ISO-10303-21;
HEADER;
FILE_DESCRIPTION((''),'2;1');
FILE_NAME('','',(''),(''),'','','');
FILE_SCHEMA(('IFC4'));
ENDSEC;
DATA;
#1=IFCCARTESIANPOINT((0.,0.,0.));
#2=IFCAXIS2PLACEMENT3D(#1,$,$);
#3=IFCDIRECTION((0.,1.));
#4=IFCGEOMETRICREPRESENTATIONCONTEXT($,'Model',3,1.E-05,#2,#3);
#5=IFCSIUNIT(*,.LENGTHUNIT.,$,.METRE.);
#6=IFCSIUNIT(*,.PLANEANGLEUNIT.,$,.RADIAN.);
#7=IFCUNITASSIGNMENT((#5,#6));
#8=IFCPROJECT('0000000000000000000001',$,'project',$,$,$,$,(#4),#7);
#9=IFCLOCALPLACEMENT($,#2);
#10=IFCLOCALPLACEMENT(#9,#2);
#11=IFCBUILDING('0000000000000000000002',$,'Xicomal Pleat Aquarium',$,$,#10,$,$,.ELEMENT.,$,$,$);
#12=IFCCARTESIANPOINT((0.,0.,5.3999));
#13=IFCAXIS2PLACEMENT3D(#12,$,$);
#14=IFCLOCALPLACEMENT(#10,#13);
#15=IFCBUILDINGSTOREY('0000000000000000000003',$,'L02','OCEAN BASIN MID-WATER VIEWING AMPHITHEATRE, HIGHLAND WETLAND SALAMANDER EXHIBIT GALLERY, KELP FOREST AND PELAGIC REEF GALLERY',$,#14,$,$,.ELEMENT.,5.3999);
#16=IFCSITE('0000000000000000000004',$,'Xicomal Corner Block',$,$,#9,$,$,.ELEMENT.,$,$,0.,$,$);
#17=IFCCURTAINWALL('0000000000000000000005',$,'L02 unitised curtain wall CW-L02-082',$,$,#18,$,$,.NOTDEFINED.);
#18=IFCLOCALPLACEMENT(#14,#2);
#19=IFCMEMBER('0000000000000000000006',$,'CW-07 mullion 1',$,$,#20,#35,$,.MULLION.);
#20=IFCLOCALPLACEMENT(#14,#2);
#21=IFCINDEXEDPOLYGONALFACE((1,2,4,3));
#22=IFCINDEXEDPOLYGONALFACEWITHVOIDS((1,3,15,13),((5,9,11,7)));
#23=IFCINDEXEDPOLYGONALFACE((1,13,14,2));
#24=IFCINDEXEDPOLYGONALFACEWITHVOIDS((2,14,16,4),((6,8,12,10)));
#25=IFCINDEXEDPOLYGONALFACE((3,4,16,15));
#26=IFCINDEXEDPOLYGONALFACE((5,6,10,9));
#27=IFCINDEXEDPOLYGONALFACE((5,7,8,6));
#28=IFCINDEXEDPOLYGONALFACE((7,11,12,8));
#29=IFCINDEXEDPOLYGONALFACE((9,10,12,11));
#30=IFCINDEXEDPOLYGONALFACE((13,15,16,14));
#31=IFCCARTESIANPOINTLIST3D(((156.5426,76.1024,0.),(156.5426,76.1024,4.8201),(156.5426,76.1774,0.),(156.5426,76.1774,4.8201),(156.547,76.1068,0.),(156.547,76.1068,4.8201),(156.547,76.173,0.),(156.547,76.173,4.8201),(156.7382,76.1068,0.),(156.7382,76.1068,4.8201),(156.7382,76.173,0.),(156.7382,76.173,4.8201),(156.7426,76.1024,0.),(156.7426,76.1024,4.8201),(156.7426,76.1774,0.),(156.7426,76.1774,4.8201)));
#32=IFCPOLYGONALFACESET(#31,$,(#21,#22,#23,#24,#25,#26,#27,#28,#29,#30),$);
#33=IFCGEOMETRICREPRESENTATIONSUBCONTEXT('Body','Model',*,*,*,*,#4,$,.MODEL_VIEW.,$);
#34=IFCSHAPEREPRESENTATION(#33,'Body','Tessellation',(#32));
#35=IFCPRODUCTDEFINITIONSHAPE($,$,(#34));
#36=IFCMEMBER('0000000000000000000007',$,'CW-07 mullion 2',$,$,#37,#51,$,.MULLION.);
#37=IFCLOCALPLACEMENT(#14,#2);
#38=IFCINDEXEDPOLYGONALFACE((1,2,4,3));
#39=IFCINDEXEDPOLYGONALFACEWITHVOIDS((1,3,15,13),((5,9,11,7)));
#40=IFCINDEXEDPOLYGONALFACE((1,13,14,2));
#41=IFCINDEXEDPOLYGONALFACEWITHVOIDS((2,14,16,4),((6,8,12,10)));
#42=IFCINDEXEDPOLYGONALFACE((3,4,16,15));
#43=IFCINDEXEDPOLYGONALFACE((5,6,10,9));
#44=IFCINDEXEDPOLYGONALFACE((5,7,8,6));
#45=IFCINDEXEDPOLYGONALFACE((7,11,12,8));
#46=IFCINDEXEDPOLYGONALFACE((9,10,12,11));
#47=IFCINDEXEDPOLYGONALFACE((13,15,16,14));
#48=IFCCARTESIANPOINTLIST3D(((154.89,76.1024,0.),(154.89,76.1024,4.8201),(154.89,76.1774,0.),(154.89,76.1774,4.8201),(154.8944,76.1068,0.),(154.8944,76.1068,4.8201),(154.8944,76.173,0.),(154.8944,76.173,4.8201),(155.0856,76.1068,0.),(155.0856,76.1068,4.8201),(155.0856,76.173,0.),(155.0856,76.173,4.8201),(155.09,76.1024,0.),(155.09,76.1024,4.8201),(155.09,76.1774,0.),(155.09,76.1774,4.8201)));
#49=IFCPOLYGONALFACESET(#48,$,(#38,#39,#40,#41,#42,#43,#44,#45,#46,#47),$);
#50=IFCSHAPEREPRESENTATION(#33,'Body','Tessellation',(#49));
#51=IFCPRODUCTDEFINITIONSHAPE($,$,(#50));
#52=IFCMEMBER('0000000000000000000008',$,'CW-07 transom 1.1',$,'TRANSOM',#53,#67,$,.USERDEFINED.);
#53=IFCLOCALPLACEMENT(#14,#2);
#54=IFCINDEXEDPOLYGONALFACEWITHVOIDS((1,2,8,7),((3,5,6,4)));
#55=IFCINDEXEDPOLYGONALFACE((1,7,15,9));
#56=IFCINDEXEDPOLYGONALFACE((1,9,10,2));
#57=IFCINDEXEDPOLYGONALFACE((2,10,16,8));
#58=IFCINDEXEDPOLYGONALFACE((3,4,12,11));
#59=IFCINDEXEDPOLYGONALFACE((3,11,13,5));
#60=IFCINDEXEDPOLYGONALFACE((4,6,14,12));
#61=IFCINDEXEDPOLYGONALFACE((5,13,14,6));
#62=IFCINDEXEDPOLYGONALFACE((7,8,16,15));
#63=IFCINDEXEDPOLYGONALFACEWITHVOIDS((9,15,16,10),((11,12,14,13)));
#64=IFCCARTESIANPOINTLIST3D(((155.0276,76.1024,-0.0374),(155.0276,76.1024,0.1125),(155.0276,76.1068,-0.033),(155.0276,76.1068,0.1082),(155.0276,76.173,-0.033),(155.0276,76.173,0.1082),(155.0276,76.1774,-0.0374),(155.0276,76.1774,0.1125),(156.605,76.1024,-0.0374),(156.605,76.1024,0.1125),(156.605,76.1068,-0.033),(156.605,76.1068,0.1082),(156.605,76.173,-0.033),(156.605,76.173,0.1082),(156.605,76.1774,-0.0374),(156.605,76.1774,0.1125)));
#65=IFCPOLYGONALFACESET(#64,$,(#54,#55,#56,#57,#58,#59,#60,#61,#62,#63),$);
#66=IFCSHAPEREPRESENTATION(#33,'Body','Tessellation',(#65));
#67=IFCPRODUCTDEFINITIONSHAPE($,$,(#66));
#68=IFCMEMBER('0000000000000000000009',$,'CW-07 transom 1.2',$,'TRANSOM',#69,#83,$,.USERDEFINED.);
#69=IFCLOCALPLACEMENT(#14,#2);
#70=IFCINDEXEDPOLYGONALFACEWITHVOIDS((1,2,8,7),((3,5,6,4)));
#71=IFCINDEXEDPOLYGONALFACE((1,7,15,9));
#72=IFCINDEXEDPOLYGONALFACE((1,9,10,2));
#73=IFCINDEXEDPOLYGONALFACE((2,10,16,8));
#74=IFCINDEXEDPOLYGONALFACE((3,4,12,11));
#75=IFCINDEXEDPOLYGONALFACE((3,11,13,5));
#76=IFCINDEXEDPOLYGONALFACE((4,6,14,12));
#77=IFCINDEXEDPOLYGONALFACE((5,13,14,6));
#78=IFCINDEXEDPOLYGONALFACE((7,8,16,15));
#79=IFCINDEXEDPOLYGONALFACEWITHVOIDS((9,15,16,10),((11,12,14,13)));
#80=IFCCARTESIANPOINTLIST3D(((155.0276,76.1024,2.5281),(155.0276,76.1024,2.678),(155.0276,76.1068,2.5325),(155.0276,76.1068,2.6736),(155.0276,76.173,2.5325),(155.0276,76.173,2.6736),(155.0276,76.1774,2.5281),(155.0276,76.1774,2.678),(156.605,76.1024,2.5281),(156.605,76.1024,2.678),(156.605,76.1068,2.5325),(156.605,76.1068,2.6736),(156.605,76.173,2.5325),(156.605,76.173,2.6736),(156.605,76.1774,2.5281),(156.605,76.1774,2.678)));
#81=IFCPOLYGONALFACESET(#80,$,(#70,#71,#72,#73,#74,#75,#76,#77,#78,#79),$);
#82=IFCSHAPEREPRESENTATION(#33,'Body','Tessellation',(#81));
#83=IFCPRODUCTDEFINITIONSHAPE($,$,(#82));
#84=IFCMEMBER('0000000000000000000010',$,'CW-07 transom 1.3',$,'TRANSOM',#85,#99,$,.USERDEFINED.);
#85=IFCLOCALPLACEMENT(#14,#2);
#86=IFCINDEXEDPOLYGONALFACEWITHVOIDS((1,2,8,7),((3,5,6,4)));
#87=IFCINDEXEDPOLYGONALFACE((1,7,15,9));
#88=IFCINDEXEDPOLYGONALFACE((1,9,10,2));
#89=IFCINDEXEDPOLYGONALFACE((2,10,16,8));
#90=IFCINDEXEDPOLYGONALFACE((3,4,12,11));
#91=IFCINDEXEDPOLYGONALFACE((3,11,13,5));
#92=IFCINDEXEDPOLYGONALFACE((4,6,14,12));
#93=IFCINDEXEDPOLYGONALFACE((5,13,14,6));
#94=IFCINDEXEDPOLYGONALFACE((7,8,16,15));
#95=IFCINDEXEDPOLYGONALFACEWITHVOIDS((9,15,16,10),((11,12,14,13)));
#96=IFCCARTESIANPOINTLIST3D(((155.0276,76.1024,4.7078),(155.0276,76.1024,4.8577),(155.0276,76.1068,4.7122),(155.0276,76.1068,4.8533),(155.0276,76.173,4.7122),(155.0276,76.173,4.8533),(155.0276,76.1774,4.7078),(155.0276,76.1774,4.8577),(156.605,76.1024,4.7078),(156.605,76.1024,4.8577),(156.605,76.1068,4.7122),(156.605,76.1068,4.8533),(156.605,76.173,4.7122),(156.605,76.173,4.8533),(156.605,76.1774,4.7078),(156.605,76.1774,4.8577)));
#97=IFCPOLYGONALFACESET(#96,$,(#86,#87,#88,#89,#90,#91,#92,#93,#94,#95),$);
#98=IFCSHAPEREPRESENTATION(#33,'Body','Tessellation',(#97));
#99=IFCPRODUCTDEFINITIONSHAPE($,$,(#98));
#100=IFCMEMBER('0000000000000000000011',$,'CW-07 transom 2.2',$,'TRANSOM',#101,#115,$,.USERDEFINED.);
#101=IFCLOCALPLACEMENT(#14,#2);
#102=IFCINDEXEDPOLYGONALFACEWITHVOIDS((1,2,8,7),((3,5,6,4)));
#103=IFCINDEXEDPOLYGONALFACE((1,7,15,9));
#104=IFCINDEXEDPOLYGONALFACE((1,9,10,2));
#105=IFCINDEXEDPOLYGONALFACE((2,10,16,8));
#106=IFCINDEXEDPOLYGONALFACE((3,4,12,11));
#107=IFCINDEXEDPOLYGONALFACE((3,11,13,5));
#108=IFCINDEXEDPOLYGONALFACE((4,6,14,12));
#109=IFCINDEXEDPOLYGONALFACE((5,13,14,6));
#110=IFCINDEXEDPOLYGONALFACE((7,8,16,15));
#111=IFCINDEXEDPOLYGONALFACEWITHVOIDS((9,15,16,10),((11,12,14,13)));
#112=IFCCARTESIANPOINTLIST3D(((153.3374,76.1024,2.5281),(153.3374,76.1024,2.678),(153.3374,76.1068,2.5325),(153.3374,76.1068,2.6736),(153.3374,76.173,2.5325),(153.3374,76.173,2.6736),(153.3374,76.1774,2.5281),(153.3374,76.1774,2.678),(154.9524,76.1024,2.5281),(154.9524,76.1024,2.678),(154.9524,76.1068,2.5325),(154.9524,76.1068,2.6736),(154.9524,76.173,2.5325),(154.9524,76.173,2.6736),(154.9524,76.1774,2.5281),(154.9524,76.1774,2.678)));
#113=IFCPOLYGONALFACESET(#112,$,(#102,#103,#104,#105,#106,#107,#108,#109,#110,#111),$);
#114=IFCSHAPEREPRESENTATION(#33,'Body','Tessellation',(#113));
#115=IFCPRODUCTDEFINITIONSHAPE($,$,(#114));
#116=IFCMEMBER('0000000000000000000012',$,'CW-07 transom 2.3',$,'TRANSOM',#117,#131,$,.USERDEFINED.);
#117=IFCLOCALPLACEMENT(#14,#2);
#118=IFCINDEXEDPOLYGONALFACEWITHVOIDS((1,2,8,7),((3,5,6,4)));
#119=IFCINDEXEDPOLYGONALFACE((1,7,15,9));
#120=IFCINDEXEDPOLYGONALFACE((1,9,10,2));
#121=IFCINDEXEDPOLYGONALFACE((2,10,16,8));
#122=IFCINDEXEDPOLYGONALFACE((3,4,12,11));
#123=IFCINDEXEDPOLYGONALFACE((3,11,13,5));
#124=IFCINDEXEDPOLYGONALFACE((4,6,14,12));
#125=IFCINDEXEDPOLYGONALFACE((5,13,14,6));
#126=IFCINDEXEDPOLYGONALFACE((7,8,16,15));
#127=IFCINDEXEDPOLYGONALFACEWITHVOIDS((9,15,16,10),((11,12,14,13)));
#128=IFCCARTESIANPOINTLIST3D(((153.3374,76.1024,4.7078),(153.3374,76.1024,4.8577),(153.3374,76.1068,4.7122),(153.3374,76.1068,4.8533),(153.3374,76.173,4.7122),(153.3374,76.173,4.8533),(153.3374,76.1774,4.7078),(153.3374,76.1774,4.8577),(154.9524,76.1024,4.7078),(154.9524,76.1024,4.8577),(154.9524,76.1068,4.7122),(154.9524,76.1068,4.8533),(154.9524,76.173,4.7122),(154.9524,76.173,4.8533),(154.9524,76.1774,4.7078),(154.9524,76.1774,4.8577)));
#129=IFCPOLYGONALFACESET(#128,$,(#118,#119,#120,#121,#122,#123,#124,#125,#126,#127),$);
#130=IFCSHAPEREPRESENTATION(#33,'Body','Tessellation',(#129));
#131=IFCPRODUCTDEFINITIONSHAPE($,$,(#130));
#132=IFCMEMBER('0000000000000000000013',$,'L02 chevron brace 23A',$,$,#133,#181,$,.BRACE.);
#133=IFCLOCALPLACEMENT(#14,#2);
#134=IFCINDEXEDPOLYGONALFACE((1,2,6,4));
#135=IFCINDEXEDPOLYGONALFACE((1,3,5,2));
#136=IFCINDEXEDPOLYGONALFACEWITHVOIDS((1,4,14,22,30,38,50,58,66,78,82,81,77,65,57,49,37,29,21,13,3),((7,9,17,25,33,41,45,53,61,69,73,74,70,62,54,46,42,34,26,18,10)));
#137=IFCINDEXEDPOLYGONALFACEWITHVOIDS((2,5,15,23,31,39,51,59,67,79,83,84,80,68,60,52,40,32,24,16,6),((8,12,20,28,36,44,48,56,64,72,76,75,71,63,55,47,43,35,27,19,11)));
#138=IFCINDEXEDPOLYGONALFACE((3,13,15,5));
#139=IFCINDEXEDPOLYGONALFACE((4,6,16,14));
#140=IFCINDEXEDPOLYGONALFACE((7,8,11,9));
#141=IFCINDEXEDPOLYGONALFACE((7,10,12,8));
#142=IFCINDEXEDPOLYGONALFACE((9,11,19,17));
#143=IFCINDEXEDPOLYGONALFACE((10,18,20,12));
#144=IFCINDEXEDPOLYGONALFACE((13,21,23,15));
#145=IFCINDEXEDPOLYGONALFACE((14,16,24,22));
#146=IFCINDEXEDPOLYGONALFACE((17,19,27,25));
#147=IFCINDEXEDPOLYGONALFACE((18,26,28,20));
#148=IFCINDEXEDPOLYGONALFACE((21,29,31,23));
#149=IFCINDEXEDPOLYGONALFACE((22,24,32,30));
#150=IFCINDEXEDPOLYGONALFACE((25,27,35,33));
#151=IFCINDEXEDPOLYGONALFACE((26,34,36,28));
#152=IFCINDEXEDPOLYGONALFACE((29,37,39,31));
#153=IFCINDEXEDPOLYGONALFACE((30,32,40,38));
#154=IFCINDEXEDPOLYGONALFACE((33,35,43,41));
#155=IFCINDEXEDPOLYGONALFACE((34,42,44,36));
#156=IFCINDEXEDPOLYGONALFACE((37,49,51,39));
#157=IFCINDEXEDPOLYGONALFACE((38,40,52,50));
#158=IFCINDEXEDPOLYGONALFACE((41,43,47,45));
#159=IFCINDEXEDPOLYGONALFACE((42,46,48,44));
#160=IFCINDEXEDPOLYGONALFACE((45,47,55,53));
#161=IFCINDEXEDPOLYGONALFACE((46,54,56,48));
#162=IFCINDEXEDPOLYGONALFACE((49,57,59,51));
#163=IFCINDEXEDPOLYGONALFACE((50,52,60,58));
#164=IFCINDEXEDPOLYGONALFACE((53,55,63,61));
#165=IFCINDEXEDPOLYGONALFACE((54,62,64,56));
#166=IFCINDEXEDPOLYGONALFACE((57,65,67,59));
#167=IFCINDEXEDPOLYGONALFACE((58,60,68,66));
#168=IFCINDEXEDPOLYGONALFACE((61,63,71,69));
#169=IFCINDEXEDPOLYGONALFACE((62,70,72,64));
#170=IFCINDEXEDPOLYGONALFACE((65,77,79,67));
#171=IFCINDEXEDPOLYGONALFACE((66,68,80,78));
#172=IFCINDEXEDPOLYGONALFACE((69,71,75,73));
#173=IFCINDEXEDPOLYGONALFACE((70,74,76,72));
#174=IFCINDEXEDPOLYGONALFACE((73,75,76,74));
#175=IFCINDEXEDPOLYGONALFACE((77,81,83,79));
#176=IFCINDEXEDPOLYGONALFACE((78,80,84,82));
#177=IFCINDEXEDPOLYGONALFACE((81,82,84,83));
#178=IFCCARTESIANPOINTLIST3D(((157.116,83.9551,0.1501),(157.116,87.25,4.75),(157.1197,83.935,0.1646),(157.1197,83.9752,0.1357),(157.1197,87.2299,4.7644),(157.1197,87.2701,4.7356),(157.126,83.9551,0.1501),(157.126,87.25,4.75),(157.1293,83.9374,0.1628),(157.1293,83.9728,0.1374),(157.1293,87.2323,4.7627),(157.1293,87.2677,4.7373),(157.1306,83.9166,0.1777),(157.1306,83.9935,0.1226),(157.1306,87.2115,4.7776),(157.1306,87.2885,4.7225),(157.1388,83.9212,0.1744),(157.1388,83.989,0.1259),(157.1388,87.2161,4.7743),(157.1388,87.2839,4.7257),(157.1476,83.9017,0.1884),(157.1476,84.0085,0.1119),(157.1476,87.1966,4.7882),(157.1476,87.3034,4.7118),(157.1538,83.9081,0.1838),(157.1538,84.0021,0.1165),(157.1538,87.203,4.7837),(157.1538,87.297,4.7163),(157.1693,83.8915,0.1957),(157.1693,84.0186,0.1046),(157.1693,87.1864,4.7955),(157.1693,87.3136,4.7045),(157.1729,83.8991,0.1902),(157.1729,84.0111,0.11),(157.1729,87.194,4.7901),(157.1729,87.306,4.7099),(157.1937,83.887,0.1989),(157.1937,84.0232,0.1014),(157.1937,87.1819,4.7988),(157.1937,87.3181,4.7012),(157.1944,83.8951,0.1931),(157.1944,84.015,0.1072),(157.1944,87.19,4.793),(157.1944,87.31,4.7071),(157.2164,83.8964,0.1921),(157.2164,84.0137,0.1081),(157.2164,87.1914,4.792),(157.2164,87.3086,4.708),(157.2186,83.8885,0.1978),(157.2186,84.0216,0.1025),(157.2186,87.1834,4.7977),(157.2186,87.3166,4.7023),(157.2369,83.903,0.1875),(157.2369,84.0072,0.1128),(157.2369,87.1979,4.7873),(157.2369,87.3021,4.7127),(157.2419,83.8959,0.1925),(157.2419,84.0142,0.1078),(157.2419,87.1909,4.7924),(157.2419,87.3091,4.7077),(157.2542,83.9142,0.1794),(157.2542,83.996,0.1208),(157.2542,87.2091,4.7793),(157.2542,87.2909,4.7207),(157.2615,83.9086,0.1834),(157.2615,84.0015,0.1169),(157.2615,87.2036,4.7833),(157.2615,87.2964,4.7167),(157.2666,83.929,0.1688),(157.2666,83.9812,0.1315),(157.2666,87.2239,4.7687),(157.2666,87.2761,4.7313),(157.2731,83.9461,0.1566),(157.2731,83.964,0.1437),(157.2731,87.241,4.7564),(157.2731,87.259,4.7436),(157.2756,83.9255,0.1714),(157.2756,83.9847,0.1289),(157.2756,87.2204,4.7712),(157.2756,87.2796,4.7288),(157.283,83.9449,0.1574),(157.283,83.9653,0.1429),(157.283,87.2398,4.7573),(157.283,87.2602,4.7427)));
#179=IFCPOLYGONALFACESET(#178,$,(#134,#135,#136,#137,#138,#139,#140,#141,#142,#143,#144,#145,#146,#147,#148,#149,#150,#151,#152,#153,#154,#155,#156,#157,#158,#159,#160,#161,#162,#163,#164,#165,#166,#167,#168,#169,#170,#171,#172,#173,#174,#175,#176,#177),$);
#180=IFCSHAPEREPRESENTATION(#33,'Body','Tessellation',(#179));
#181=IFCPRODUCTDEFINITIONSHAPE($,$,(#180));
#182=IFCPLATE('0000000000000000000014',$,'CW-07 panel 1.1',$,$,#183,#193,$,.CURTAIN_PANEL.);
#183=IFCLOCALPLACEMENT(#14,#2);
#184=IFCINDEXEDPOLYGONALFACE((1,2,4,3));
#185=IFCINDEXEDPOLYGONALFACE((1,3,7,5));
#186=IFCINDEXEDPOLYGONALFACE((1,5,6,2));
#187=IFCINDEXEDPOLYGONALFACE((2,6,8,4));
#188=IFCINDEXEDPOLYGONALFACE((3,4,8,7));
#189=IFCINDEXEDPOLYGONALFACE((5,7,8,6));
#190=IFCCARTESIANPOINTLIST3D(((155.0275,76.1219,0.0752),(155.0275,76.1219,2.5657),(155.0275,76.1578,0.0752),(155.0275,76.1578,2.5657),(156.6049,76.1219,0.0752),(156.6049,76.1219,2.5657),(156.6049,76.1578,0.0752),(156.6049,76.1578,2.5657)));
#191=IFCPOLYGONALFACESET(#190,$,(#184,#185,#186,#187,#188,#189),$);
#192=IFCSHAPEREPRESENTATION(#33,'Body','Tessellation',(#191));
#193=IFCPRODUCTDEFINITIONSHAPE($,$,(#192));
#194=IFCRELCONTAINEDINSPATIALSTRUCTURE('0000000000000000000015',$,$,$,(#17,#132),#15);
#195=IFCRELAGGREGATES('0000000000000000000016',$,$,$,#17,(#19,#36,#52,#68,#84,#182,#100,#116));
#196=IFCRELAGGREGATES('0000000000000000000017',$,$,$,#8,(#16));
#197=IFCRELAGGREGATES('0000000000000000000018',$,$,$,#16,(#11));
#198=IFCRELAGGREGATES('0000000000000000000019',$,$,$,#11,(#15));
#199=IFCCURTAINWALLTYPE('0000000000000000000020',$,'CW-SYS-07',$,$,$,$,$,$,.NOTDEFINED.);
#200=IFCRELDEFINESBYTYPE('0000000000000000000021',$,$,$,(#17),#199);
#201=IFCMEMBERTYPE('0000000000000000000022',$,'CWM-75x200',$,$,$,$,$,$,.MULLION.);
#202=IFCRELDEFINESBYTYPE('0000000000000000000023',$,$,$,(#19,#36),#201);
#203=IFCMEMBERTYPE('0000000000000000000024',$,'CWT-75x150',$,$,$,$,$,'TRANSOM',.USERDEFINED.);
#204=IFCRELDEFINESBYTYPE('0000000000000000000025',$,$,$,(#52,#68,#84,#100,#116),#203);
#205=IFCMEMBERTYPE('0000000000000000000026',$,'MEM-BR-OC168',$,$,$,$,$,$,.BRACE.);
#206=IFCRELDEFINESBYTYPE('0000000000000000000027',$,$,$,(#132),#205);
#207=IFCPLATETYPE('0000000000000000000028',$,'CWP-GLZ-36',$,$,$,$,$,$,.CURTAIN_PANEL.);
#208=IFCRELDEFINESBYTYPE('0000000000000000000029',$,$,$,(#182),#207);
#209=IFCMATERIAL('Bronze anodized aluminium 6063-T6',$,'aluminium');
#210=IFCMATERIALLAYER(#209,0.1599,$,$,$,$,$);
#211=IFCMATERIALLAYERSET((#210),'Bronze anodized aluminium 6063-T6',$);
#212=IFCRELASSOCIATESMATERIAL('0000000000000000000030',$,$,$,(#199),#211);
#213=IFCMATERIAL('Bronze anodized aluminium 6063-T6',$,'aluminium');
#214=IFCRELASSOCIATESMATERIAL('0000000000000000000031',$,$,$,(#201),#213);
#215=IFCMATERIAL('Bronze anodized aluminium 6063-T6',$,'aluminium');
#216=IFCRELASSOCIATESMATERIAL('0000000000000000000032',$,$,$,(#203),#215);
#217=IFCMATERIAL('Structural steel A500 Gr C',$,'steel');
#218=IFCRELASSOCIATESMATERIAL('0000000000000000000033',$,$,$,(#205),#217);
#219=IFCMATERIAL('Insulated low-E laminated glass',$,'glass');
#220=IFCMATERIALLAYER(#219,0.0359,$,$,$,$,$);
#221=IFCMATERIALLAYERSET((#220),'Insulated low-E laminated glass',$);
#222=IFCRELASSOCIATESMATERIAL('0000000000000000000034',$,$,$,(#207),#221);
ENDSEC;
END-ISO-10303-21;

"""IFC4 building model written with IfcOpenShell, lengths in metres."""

from ifc_helpers import new_model, si_unit, direction, frame, origin, origin_2d, place, context, subcontext, project, spatial, rectangle, hollow_rectangle, hollow_circle, extrude, material, layer, layer_set, material_profile, profile_set, type_object, element, aggregate, save


model = new_model("IFC4")

# Units and contexts
model_context = context("Model", 3, precision=1e-05, world=origin(), true_north=direction((0.0, 1.0)))
body_context = subcontext(model_context, "Body", "Model", "MODEL_VIEW")
ifc_project = project(units=[si_unit("LENGTHUNIT", "METRE"), si_unit("PLANEANGLEUNIT", "RADIAN")], contexts=[model_context])

# Site, building, storey
site_placement = place(None, origin())
site = spatial("IfcSite", under=ifc_project, at=site_placement, Name="Xicomal Corner Block", CompositionType="ELEMENT", RefElevation=0.0)
building_placement = place(site_placement, origin())
building = spatial("IfcBuilding", under=site, at=building_placement, Name="Xicomal Pleat Aquarium", CompositionType="ELEMENT")
storey_placement = place(building_placement, frame((0.0, 0.0, 5.3999)))
storey = spatial("IfcBuildingStorey", under=building, at=storey_placement, Name="L02", Description="OCEAN BASIN MID-WATER VIEWING AMPHITHEATRE, HIGHLAND WETLAND SALAMANDER EXHIBIT GALLERY, KELP FOREST AND PELAGIC REEF GALLERY", CompositionType="ELEMENT", Elevation=5.3999)

# Curtain wall, members
ifc_material_1 = material(Name="Bronze anodized aluminium 6063-T6", Category="aluminium")
ifc_layer_1 = layer(ifc_material_1, 0.1599)
ifc_layer_set_1 = layer_set([ifc_layer_1], Name="Bronze anodized aluminium 6063-T6")
curtain_wall_type = type_object("IfcCurtainWallType", Name="CW-SYS-07", PredefinedType="NOTDEFINED", material=ifc_layer_set_1)
curtain_wall_placement = place(storey_placement, origin())
curtain_wall = element("IfcCurtainWall", 1, at=curtain_wall_placement, inside=storey, type_object=curtain_wall_type, Name="L02 unitised curtain wall CW-L02-082", PredefinedType="NOTDEFINED")
ifc_material_2 = material(Name="Bronze anodized aluminium 6063-T6", Category="aluminium")
ifc_material_profile_1 = material_profile(ifc_material_2, hollow_rectangle(XDim=0.075, YDim=0.2, WallThickness=0.0044, at=origin_2d()), Name="ALU MULL 75x200")
ifc_profile_set_1 = profile_set([ifc_material_profile_1], Name="Bronze anodized aluminium 6063-T6")
member_type_1 = type_object("IfcMemberType", Name="CWM-75x200", PredefinedType="MULLION", material=ifc_profile_set_1)
member_1_placement = place(storey_placement, frame((156.6426, 76.1399, 0.0), z_axis=(0.0, 0.0, 1.0), x_axis=(0.0, -1.0, 0.0)))
member_1 = element("IfcMember", 2, at=member_1_placement, type_object=member_type_1, Name="CW-07 mullion 1", PredefinedType="MULLION", context=body_context, shape_type="SweptSolid", body=[
    extrude(hollow_rectangle(XDim=0.075, YDim=0.2, WallThickness=0.0044, at=origin_2d()), origin(), (0.0, 0.0, 1.0), 4.8201),
])
member_2_placement = place(storey_placement, frame((154.99, 76.1399, 0.0), z_axis=(0.0, 0.0, 1.0), x_axis=(0.0, -1.0, 0.0)))
member_2 = element("IfcMember", 3, at=member_2_placement, type_object=member_type_1, Name="CW-07 mullion 2", PredefinedType="MULLION", context=body_context, shape_type="SweptSolid", body=[
    extrude(hollow_rectangle(XDim=0.075, YDim=0.2, WallThickness=0.0044, at=origin_2d()), origin(), (0.0, 0.0, 1.0), 4.8201),
])
ifc_material_3 = material(Name="Bronze anodized aluminium 6063-T6", Category="aluminium")
ifc_material_profile_2 = material_profile(ifc_material_3, hollow_rectangle(XDim=0.075, YDim=0.1499, WallThickness=0.0044, at=origin_2d()), Name="ALU TRAN 75x150")
ifc_profile_set_2 = profile_set([ifc_material_profile_2], Name="Bronze anodized aluminium 6063-T6")
member_type_2 = type_object("IfcMemberType", Name="CWT-75x150", ElementType="TRANSOM", PredefinedType="USERDEFINED", material=ifc_profile_set_2)
member_3_placement = place(storey_placement, frame((156.605, 76.1399, 0.0376), z_axis=(-1.0, 0.0, 0.0), x_axis=(0.0, -1.0, 0.0)))
member_3 = element("IfcMember", 4, at=member_3_placement, type_object=member_type_2, Name="CW-07 transom 1.1", ObjectType="TRANSOM", PredefinedType="USERDEFINED", context=body_context, shape_type="SweptSolid", body=[
    extrude(hollow_rectangle(XDim=0.075, YDim=0.1499, WallThickness=0.0044, at=origin_2d()), origin(), (0.0, 0.0, 1.0), 1.5774),
])
member_4_placement = place(storey_placement, frame((156.605, 76.1399, 2.603), z_axis=(-1.0, 0.0, 0.0), x_axis=(0.0, -1.0, 0.0)))
member_4 = element("IfcMember", 5, at=member_4_placement, type_object=member_type_2, Name="CW-07 transom 1.2", ObjectType="TRANSOM", PredefinedType="USERDEFINED", context=body_context, shape_type="SweptSolid", body=[
    extrude(hollow_rectangle(XDim=0.075, YDim=0.1499, WallThickness=0.0044, at=origin_2d()), origin(), (0.0, 0.0, 1.0), 1.5774),
])
member_5_placement = place(storey_placement, frame((156.605, 76.1399, 4.7827), z_axis=(-1.0, 0.0, 0.0), x_axis=(0.0, -1.0, 0.0)))
member_5 = element("IfcMember", 6, at=member_5_placement, type_object=member_type_2, Name="CW-07 transom 1.3", ObjectType="TRANSOM", PredefinedType="USERDEFINED", context=body_context, shape_type="SweptSolid", body=[
    extrude(hollow_rectangle(XDim=0.075, YDim=0.1499, WallThickness=0.0044, at=origin_2d()), origin(), (0.0, 0.0, 1.0), 1.5774),
])
member_6_placement = place(storey_placement, frame((154.9524, 76.1399, 2.603), z_axis=(-1.0, 0.0, 0.0), x_axis=(0.0, -1.0, 0.0)))
member_6 = element("IfcMember", 7, at=member_6_placement, type_object=member_type_2, Name="CW-07 transom 2.2", ObjectType="TRANSOM", PredefinedType="USERDEFINED", context=body_context, shape_type="SweptSolid", body=[
    extrude(hollow_rectangle(XDim=0.075, YDim=0.1499, WallThickness=0.0044, at=origin_2d()), origin(), (0.0, 0.0, 1.0), 1.615),
])
member_7_placement = place(storey_placement, frame((154.9524, 76.1399, 4.7827), z_axis=(-1.0, 0.0, 0.0), x_axis=(0.0, -1.0, 0.0)))
member_7 = element("IfcMember", 8, at=member_7_placement, type_object=member_type_2, Name="CW-07 transom 2.3", ObjectType="TRANSOM", PredefinedType="USERDEFINED", context=body_context, shape_type="SweptSolid", body=[
    extrude(hollow_rectangle(XDim=0.075, YDim=0.1499, WallThickness=0.0044, at=origin_2d()), origin(), (0.0, 0.0, 1.0), 1.615),
])

# Member
ifc_material_4 = material(Name="Structural steel A500 Gr C", Category="steel")
ifc_material_profile_3 = material_profile(ifc_material_4, hollow_circle(Radius=0.084, WallThickness=0.01, at=origin_2d()), Name="OC 168x10")
ifc_profile_set_3 = profile_set([ifc_material_profile_3], Name="Structural steel A500 Gr C")
member_type_3 = type_object("IfcMemberType", Name="MEM-BR-OC168", PredefinedType="BRACE", material=ifc_profile_set_3)
member_8_placement = place(storey_placement, frame((157.2, 83.9551, 0.1501), z_axis=(0.0, 0.582327, 0.812954), x_axis=(-1.0, 0.0, 0.0)))
element("IfcMember", 9, at=member_8_placement, inside=storey, type_object=member_type_3, Name="L02 chevron brace 23A", PredefinedType="BRACE", context=body_context, shape_type="SweptSolid", body=[
    extrude(hollow_circle(Radius=0.084, WallThickness=0.01, at=origin_2d()), origin(), (0.0, 0.0, 1.0), 5.6582),
])

# Plate
ifc_material_5 = material(Name="Insulated low-E laminated glass", Category="glass")
ifc_layer_2 = layer(ifc_material_5, 0.0359)
ifc_layer_set_2 = layer_set([ifc_layer_2], Name="Insulated low-E laminated glass")
plate_type_1 = type_object("IfcPlateType", Name="CWP-GLZ-36", PredefinedType="CURTAIN_PANEL", material=ifc_layer_set_2)
plate_1_placement = place(storey_placement, frame((155.8162, 76.1399, 0.0752), z_axis=(0.0, 0.0, 1.0), x_axis=(-1.0, 0.0, 0.0)))
plate_1 = element("IfcPlate", 10, at=plate_1_placement, type_object=plate_type_1, Name="CW-07 panel 1.1", PredefinedType="CURTAIN_PANEL", context=body_context, shape_type="SweptSolid", body=[
    extrude(rectangle(XDim=1.5774, YDim=0.0359, at=origin_2d()), origin(), (0.0, 0.0, 1.0), 2.4905),
])
aggregate(curtain_wall, [member_1, member_2, member_3, member_4, member_5, plate_1, member_6, member_7])

save(model, "model.ifc")
